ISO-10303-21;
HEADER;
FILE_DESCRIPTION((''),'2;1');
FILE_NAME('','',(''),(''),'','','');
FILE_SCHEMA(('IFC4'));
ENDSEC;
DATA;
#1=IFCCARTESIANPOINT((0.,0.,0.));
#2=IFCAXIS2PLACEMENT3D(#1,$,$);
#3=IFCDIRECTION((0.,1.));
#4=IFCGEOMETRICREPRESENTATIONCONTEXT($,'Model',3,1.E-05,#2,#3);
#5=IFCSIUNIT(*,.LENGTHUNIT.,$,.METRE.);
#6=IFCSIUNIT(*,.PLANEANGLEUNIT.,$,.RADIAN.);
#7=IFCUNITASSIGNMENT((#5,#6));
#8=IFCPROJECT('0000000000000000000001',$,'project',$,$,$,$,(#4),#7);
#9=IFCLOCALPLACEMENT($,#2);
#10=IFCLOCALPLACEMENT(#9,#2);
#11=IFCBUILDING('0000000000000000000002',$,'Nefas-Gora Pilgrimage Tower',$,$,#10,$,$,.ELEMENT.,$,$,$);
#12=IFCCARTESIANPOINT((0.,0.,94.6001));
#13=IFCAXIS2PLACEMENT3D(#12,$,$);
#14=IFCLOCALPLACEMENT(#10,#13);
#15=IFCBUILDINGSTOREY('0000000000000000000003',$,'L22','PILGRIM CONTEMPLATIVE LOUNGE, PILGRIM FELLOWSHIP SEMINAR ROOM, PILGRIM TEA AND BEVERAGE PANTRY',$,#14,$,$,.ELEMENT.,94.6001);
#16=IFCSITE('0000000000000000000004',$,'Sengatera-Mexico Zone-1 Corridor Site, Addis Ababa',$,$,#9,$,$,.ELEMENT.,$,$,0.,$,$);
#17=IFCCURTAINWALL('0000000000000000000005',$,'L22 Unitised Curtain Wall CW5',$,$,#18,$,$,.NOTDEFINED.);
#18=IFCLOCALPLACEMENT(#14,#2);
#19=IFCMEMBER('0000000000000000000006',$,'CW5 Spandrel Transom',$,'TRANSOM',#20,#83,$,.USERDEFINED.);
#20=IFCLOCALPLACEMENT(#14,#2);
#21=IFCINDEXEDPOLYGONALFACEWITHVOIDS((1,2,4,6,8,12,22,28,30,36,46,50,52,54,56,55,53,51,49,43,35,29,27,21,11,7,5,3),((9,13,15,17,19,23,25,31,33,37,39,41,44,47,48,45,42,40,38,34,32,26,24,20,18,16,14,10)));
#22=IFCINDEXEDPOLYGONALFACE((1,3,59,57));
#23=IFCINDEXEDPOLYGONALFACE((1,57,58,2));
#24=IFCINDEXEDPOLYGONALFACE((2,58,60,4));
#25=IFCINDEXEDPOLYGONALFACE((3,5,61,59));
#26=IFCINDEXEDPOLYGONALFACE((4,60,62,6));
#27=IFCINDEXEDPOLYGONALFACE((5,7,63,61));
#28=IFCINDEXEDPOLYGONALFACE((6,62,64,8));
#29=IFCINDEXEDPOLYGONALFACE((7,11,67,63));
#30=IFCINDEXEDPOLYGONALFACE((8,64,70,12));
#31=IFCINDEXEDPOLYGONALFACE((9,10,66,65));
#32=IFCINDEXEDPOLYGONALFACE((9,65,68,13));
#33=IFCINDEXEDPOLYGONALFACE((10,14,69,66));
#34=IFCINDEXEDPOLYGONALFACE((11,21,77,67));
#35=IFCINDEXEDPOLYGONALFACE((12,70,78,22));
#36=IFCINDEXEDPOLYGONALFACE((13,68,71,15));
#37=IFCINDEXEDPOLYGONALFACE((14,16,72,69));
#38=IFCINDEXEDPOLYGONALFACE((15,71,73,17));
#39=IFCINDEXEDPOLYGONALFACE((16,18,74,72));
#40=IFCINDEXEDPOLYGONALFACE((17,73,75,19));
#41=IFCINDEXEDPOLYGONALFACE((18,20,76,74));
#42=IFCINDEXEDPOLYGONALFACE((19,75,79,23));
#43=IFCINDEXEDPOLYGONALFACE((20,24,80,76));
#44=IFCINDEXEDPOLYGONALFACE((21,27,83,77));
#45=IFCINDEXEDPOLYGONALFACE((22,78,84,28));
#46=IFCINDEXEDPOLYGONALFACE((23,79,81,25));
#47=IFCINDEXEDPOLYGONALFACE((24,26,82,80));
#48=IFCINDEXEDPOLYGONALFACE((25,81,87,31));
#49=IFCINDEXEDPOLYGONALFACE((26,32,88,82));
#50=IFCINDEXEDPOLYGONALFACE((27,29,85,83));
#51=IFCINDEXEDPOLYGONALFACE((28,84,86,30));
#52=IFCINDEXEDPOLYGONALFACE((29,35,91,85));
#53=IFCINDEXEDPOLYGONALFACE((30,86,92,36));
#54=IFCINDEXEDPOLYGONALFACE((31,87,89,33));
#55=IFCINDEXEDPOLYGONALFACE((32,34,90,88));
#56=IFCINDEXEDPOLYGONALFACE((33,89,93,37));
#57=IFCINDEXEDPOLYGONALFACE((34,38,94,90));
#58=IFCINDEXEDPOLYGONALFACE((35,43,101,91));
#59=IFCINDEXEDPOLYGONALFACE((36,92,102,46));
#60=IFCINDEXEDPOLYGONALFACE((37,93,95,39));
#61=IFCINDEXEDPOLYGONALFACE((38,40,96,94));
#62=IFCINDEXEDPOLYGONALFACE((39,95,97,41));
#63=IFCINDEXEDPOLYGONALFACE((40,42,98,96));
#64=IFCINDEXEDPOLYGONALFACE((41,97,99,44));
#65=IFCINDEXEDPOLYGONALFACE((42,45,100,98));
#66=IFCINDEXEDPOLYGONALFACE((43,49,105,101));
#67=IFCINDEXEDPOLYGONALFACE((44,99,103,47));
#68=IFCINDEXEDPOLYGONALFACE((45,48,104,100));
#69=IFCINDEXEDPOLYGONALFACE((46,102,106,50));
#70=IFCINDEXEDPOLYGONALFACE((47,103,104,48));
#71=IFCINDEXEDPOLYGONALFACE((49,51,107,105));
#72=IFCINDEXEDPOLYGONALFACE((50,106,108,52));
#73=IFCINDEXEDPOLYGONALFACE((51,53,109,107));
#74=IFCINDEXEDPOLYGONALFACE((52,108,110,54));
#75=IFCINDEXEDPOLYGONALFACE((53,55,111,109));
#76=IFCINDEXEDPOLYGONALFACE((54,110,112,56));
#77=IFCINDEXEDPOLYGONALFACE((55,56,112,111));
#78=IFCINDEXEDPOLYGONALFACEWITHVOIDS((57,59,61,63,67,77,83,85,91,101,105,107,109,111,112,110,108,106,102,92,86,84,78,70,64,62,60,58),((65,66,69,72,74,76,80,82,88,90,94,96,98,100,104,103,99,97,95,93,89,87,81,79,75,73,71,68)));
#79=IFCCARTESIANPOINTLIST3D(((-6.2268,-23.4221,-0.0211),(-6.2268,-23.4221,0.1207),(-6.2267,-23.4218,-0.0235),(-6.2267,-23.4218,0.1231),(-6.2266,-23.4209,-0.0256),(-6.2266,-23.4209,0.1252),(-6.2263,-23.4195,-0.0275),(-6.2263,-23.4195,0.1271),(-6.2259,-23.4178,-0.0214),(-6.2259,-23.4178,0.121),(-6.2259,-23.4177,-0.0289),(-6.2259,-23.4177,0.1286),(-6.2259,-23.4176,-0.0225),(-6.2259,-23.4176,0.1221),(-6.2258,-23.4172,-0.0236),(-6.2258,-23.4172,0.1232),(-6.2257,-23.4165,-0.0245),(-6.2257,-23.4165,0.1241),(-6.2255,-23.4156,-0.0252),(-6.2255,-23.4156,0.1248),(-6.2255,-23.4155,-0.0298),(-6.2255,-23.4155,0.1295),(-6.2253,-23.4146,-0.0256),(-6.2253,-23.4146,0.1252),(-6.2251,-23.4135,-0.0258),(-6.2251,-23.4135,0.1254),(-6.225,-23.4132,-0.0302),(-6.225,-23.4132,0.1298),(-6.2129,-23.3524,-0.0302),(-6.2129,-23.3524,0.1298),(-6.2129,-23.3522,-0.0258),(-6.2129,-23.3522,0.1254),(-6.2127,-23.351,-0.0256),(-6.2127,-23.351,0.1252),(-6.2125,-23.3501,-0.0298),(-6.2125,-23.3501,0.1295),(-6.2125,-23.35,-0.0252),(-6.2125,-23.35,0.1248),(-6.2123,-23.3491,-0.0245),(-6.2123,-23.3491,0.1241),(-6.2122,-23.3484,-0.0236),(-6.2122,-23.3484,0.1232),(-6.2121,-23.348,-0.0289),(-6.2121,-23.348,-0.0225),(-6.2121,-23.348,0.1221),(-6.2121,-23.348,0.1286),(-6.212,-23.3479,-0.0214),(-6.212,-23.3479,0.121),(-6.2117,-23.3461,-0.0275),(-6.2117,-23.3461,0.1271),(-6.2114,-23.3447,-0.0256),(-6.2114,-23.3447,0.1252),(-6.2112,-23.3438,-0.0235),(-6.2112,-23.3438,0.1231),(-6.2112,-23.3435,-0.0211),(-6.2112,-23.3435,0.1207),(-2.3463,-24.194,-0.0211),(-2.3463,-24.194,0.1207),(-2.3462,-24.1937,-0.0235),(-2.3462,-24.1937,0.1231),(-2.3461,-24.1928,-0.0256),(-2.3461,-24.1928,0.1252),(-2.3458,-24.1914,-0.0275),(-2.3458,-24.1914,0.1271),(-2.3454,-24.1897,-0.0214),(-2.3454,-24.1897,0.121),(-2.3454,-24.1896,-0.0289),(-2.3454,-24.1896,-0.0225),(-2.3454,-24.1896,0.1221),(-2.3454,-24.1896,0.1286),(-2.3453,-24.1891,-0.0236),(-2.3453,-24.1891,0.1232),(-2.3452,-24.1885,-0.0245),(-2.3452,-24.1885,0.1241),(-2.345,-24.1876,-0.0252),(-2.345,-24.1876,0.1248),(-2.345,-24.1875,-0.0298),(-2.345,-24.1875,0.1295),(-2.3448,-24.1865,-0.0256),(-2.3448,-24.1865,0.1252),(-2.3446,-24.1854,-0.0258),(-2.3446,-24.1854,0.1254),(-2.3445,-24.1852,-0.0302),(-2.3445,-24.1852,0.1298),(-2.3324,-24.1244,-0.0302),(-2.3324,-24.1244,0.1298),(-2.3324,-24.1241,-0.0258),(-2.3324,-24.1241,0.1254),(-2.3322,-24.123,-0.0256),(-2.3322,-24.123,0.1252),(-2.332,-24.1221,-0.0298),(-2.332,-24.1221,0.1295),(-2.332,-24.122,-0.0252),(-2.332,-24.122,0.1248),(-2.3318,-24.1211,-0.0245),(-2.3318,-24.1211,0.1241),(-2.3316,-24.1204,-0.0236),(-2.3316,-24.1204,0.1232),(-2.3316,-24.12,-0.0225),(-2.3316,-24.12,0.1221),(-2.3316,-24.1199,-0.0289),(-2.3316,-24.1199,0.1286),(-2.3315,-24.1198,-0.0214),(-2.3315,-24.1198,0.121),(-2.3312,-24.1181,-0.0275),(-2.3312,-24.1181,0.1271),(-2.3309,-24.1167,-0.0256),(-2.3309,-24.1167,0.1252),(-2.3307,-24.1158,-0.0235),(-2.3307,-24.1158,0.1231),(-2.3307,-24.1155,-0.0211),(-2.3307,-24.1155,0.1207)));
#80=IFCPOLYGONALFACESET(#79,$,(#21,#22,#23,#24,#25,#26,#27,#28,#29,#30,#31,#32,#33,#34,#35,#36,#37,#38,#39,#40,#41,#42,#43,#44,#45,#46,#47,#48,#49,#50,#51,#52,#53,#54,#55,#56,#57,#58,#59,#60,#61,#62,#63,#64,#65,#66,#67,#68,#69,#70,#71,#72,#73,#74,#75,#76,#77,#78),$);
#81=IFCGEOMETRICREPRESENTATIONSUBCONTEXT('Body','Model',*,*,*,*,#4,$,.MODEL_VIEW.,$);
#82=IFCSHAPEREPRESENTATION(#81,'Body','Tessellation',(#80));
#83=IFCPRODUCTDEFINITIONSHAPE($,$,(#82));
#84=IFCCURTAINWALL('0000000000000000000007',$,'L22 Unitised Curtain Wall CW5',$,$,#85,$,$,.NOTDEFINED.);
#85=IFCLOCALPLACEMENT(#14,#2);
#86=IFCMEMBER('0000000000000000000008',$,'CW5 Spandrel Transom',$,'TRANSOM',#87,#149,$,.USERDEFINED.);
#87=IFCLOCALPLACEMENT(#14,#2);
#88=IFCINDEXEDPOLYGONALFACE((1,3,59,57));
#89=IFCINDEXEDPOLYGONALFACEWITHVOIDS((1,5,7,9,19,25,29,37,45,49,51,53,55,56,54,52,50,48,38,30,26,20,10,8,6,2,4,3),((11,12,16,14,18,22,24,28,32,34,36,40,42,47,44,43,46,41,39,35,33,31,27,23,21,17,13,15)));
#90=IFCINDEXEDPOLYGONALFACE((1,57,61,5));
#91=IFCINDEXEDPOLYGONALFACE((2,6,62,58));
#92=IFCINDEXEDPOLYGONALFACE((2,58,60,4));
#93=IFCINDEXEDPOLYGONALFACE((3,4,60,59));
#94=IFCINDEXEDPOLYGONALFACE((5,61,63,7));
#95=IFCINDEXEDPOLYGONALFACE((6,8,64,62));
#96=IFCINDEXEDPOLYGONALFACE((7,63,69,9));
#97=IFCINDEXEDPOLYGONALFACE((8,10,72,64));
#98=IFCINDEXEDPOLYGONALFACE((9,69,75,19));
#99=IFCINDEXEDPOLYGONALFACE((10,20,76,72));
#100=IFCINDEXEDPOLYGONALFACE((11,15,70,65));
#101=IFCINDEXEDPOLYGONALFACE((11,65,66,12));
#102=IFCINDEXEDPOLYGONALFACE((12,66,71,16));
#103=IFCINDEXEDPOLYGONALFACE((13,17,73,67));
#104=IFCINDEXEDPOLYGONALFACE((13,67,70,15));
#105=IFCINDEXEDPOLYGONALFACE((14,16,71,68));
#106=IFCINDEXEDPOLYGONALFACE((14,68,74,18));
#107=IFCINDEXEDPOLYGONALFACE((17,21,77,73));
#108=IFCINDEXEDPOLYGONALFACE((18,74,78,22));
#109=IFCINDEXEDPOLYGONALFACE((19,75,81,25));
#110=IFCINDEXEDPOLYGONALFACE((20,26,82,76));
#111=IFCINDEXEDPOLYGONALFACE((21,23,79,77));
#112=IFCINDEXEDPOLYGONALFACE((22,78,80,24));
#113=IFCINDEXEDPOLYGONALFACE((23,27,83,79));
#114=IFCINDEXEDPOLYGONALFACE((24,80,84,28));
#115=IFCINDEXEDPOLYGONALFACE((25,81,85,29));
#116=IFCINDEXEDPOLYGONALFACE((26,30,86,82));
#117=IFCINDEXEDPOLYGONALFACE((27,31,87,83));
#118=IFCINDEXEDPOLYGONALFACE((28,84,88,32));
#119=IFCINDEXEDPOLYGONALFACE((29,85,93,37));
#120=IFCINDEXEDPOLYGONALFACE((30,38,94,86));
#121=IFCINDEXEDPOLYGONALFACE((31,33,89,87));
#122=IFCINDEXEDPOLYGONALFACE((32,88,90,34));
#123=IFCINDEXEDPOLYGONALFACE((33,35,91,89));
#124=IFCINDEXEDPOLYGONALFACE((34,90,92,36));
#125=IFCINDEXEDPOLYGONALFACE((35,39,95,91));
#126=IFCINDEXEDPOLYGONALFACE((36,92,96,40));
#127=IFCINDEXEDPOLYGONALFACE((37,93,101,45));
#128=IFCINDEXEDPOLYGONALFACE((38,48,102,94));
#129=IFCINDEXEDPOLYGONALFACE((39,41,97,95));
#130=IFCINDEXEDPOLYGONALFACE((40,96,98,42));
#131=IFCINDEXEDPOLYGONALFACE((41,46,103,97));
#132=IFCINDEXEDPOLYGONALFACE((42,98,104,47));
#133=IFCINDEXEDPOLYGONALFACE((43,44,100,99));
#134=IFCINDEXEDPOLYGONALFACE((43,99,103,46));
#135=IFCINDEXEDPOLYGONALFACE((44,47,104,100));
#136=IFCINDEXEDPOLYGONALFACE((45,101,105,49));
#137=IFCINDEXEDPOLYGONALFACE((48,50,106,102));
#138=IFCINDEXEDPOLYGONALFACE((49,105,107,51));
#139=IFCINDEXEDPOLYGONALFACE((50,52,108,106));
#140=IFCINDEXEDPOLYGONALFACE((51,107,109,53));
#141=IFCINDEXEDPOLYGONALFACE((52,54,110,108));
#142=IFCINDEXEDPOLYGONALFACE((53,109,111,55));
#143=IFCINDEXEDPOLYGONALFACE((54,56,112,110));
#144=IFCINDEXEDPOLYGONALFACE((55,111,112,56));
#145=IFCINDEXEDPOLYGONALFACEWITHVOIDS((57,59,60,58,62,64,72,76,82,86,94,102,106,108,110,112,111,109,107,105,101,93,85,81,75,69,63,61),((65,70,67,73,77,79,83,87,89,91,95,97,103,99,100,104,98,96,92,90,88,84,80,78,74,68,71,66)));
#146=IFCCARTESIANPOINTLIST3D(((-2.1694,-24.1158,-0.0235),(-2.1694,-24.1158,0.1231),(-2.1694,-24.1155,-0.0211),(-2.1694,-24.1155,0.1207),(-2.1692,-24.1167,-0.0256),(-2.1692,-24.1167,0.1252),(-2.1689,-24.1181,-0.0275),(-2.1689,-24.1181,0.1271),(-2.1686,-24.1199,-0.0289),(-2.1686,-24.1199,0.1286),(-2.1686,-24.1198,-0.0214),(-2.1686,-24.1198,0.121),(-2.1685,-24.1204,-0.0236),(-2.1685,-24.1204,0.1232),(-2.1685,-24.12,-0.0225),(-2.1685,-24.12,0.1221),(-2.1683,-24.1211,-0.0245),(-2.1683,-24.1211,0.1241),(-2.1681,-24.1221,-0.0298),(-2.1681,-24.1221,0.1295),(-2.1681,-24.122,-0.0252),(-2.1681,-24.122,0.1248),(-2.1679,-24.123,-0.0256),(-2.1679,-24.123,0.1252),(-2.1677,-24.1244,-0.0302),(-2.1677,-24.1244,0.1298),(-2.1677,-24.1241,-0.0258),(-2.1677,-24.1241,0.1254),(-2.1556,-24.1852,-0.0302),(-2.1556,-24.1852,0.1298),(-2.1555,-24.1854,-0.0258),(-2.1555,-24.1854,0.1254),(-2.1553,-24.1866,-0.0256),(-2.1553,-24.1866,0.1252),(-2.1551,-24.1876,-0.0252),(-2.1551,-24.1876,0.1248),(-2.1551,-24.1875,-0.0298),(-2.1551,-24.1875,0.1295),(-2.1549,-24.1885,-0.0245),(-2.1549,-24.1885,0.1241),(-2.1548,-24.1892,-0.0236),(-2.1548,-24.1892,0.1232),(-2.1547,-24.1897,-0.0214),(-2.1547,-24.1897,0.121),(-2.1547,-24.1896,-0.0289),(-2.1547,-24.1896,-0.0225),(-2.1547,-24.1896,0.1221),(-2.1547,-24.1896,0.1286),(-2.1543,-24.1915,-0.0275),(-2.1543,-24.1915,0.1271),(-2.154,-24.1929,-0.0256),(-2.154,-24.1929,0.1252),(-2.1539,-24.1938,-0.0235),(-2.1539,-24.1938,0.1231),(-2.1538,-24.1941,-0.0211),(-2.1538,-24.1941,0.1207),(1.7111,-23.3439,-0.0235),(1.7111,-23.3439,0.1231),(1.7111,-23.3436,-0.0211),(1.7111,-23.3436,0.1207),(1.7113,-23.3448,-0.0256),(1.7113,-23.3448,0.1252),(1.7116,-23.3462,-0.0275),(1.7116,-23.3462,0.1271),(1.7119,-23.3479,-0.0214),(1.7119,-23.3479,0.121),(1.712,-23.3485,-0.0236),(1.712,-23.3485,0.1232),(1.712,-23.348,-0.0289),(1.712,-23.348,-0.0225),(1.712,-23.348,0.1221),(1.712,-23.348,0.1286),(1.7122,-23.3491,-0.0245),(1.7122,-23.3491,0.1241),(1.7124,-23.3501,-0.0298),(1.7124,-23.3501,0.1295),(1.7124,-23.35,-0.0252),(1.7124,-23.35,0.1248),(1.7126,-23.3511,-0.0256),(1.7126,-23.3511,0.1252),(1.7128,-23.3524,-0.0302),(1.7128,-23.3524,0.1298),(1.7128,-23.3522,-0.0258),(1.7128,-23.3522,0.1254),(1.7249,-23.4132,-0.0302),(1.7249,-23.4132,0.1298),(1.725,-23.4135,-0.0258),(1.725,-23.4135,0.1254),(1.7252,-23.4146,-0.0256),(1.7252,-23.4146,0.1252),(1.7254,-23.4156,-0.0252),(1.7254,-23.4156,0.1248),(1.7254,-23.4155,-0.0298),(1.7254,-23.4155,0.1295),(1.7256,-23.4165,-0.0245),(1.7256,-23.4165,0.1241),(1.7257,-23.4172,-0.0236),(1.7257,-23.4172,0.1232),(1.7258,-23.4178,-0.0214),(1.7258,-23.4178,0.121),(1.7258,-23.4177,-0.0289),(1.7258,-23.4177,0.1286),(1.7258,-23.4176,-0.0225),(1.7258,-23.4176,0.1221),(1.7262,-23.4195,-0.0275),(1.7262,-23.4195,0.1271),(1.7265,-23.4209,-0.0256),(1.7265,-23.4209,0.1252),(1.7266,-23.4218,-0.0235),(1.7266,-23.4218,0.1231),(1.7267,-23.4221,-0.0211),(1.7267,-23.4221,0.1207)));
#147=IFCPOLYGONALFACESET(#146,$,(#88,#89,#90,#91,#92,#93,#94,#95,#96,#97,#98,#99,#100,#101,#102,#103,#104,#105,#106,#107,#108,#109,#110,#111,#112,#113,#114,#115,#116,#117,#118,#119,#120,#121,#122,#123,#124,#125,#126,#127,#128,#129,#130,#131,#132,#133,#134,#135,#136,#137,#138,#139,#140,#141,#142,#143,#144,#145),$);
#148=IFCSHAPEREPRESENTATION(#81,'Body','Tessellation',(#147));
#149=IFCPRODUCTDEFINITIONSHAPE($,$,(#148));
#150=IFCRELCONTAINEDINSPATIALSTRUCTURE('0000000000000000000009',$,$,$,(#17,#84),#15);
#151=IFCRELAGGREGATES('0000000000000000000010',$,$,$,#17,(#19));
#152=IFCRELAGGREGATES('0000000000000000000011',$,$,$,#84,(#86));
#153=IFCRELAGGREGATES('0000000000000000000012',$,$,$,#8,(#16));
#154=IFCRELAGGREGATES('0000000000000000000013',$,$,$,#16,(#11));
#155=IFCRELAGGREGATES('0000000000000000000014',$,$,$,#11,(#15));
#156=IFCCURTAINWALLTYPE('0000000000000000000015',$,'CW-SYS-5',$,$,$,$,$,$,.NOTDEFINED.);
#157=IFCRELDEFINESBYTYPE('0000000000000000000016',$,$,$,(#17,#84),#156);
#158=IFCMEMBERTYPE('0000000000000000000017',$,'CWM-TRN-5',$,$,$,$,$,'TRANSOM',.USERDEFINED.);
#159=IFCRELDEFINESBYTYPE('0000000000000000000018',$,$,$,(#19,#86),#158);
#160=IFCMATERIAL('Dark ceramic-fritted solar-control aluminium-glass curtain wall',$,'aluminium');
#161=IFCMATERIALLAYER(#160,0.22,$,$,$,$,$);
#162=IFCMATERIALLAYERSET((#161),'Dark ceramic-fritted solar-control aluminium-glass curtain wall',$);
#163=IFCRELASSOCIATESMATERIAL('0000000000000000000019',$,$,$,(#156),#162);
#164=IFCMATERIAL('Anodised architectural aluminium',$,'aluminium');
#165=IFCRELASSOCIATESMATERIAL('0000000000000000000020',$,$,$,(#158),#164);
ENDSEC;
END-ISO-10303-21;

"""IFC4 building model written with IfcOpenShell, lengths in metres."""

from ifc_helpers import new_model, si_unit, direction, frame, origin, origin_2d, place, context, subcontext, project, spatial, hollow_rectangle, extrude, source, transform, mapped, material, layer, layer_set, material_profile, profile_set, type_object, element, aggregate, save


model = new_model("IFC4")

# Units and contexts
model_context = context("Model", 3, precision=1e-05, world=origin(), true_north=direction((0.0, 1.0)))
body_context = subcontext(model_context, "Body", "Model", "MODEL_VIEW")
ifc_project = project(units=[si_unit("LENGTHUNIT", "METRE"), si_unit("PLANEANGLEUNIT", "RADIAN")], contexts=[model_context])

# Site, building, storey
site_placement = place(None, origin())
site = spatial("IfcSite", under=ifc_project, at=site_placement, Name="Sengatera-Mexico Zone-1 Corridor Site, Addis Ababa", CompositionType="ELEMENT", RefElevation=0.0)
building_placement = place(site_placement, origin())
building = spatial("IfcBuilding", under=site, at=building_placement, Name="Nefas-Gora Pilgrimage Tower", CompositionType="ELEMENT")
storey_placement = place(building_placement, frame((0.0, 0.0, 94.6001)))
storey = spatial("IfcBuildingStorey", under=building, at=storey_placement, Name="L22", Description="PILGRIM CONTEMPLATIVE LOUNGE, PILGRIM FELLOWSHIP SEMINAR ROOM, PILGRIM TEA AND BEVERAGE PANTRY", CompositionType="ELEMENT", Elevation=94.6001)

# Curtain walls, members
ifc_material_1 = material(Name="Dark ceramic-fritted solar-control aluminium-glass curtain wall", Category="aluminium")
ifc_layer_1 = layer(ifc_material_1, 0.22)
ifc_layer_set_1 = layer_set([ifc_layer_1], Name="Dark ceramic-fritted solar-control aluminium-glass curtain wall")
curtain_wall_type = type_object("IfcCurtainWallType", Name="CW-SYS-5", PredefinedType="NOTDEFINED", material=ifc_layer_set_1)
curtain_wall_1_placement = place(storey_placement, origin())
curtain_wall_1 = element("IfcCurtainWall", 1, at=curtain_wall_1_placement, inside=storey, type_object=curtain_wall_type, Name="L22 Unitised Curtain Wall CW5", PredefinedType="NOTDEFINED")
ifc_material_2 = material(Name="Anodised architectural aluminium", Category="aluminium")
ifc_material_profile_1 = material_profile(ifc_material_2, hollow_rectangle(XDim=0.0801, YDim=0.1599, WallThickness=0.0044, InnerFilletRadius=0.0044, OuterFilletRadius=0.009, at=origin_2d()), Name="ALU TRANSOM 80x160")
ifc_profile_set_1 = profile_set([ifc_material_profile_1], Name="Anodised architectural aluminium")
member_type_1 = type_object("IfcMemberType", Name="CWM-TRN-5", ElementType="TRANSOM", PredefinedType="USERDEFINED", material=ifc_profile_set_1)
shared_shape_1 = source(origin(), body_context, "Body", "SweptSolid", [
    extrude(hollow_rectangle(XDim=0.0801, YDim=0.1599, WallThickness=0.0044, InnerFilletRadius=0.0044, OuterFilletRadius=0.009, at=origin_2d()), origin(), (0.0, 0.0, 1.0), 3.9565),
])
member_1_placement = place(storey_placement, frame((-6.219, -23.3828, 0.0498), z_axis=(0.980782, -0.195107, 0.0), x_axis=(0.195107, 0.980782, 0.0)))
member_1 = element("IfcMember", 2, at=member_1_placement, type_object=member_type_1, Name="CW5 Spandrel Transom", ObjectType="TRANSOM", PredefinedType="USERDEFINED", context=body_context, shape_type="MappedRepresentation", body=[
    mapped(shared_shape_1, transform((0.0, 0.0, 0.0), x_axis=(1.0, 0.0, 0.0), y_axis=(0.0, 1.0, 0.0), z_axis=(0.0, 0.0, 1.0), scale=1.0)),
])
curtain_wall_2_placement = place(storey_placement, origin())
curtain_wall_2 = element("IfcCurtainWall", 3, at=curtain_wall_2_placement, inside=storey, type_object=curtain_wall_type, Name="L22 Unitised Curtain Wall CW5", PredefinedType="NOTDEFINED")
member_2_placement = place(storey_placement, frame((-2.1616, -24.1548, 0.0498), z_axis=(0.980782, 0.195107, 0.0), x_axis=(-0.195107, 0.980782, 0.0)))
member_2 = element("IfcMember", 4, at=member_2_placement, type_object=member_type_1, Name="CW5 Spandrel Transom", ObjectType="TRANSOM", PredefinedType="USERDEFINED", context=body_context, shape_type="MappedRepresentation", body=[
    mapped(shared_shape_1, transform((0.0, 0.0, 0.0), x_axis=(1.0, 0.0, 0.0), y_axis=(0.0, 1.0, 0.0), z_axis=(0.0, 0.0, 1.0), scale=1.0)),
])

aggregate(curtain_wall_1, [member_1])
aggregate(curtain_wall_2, [member_2])

save(model, "model.ifc")
